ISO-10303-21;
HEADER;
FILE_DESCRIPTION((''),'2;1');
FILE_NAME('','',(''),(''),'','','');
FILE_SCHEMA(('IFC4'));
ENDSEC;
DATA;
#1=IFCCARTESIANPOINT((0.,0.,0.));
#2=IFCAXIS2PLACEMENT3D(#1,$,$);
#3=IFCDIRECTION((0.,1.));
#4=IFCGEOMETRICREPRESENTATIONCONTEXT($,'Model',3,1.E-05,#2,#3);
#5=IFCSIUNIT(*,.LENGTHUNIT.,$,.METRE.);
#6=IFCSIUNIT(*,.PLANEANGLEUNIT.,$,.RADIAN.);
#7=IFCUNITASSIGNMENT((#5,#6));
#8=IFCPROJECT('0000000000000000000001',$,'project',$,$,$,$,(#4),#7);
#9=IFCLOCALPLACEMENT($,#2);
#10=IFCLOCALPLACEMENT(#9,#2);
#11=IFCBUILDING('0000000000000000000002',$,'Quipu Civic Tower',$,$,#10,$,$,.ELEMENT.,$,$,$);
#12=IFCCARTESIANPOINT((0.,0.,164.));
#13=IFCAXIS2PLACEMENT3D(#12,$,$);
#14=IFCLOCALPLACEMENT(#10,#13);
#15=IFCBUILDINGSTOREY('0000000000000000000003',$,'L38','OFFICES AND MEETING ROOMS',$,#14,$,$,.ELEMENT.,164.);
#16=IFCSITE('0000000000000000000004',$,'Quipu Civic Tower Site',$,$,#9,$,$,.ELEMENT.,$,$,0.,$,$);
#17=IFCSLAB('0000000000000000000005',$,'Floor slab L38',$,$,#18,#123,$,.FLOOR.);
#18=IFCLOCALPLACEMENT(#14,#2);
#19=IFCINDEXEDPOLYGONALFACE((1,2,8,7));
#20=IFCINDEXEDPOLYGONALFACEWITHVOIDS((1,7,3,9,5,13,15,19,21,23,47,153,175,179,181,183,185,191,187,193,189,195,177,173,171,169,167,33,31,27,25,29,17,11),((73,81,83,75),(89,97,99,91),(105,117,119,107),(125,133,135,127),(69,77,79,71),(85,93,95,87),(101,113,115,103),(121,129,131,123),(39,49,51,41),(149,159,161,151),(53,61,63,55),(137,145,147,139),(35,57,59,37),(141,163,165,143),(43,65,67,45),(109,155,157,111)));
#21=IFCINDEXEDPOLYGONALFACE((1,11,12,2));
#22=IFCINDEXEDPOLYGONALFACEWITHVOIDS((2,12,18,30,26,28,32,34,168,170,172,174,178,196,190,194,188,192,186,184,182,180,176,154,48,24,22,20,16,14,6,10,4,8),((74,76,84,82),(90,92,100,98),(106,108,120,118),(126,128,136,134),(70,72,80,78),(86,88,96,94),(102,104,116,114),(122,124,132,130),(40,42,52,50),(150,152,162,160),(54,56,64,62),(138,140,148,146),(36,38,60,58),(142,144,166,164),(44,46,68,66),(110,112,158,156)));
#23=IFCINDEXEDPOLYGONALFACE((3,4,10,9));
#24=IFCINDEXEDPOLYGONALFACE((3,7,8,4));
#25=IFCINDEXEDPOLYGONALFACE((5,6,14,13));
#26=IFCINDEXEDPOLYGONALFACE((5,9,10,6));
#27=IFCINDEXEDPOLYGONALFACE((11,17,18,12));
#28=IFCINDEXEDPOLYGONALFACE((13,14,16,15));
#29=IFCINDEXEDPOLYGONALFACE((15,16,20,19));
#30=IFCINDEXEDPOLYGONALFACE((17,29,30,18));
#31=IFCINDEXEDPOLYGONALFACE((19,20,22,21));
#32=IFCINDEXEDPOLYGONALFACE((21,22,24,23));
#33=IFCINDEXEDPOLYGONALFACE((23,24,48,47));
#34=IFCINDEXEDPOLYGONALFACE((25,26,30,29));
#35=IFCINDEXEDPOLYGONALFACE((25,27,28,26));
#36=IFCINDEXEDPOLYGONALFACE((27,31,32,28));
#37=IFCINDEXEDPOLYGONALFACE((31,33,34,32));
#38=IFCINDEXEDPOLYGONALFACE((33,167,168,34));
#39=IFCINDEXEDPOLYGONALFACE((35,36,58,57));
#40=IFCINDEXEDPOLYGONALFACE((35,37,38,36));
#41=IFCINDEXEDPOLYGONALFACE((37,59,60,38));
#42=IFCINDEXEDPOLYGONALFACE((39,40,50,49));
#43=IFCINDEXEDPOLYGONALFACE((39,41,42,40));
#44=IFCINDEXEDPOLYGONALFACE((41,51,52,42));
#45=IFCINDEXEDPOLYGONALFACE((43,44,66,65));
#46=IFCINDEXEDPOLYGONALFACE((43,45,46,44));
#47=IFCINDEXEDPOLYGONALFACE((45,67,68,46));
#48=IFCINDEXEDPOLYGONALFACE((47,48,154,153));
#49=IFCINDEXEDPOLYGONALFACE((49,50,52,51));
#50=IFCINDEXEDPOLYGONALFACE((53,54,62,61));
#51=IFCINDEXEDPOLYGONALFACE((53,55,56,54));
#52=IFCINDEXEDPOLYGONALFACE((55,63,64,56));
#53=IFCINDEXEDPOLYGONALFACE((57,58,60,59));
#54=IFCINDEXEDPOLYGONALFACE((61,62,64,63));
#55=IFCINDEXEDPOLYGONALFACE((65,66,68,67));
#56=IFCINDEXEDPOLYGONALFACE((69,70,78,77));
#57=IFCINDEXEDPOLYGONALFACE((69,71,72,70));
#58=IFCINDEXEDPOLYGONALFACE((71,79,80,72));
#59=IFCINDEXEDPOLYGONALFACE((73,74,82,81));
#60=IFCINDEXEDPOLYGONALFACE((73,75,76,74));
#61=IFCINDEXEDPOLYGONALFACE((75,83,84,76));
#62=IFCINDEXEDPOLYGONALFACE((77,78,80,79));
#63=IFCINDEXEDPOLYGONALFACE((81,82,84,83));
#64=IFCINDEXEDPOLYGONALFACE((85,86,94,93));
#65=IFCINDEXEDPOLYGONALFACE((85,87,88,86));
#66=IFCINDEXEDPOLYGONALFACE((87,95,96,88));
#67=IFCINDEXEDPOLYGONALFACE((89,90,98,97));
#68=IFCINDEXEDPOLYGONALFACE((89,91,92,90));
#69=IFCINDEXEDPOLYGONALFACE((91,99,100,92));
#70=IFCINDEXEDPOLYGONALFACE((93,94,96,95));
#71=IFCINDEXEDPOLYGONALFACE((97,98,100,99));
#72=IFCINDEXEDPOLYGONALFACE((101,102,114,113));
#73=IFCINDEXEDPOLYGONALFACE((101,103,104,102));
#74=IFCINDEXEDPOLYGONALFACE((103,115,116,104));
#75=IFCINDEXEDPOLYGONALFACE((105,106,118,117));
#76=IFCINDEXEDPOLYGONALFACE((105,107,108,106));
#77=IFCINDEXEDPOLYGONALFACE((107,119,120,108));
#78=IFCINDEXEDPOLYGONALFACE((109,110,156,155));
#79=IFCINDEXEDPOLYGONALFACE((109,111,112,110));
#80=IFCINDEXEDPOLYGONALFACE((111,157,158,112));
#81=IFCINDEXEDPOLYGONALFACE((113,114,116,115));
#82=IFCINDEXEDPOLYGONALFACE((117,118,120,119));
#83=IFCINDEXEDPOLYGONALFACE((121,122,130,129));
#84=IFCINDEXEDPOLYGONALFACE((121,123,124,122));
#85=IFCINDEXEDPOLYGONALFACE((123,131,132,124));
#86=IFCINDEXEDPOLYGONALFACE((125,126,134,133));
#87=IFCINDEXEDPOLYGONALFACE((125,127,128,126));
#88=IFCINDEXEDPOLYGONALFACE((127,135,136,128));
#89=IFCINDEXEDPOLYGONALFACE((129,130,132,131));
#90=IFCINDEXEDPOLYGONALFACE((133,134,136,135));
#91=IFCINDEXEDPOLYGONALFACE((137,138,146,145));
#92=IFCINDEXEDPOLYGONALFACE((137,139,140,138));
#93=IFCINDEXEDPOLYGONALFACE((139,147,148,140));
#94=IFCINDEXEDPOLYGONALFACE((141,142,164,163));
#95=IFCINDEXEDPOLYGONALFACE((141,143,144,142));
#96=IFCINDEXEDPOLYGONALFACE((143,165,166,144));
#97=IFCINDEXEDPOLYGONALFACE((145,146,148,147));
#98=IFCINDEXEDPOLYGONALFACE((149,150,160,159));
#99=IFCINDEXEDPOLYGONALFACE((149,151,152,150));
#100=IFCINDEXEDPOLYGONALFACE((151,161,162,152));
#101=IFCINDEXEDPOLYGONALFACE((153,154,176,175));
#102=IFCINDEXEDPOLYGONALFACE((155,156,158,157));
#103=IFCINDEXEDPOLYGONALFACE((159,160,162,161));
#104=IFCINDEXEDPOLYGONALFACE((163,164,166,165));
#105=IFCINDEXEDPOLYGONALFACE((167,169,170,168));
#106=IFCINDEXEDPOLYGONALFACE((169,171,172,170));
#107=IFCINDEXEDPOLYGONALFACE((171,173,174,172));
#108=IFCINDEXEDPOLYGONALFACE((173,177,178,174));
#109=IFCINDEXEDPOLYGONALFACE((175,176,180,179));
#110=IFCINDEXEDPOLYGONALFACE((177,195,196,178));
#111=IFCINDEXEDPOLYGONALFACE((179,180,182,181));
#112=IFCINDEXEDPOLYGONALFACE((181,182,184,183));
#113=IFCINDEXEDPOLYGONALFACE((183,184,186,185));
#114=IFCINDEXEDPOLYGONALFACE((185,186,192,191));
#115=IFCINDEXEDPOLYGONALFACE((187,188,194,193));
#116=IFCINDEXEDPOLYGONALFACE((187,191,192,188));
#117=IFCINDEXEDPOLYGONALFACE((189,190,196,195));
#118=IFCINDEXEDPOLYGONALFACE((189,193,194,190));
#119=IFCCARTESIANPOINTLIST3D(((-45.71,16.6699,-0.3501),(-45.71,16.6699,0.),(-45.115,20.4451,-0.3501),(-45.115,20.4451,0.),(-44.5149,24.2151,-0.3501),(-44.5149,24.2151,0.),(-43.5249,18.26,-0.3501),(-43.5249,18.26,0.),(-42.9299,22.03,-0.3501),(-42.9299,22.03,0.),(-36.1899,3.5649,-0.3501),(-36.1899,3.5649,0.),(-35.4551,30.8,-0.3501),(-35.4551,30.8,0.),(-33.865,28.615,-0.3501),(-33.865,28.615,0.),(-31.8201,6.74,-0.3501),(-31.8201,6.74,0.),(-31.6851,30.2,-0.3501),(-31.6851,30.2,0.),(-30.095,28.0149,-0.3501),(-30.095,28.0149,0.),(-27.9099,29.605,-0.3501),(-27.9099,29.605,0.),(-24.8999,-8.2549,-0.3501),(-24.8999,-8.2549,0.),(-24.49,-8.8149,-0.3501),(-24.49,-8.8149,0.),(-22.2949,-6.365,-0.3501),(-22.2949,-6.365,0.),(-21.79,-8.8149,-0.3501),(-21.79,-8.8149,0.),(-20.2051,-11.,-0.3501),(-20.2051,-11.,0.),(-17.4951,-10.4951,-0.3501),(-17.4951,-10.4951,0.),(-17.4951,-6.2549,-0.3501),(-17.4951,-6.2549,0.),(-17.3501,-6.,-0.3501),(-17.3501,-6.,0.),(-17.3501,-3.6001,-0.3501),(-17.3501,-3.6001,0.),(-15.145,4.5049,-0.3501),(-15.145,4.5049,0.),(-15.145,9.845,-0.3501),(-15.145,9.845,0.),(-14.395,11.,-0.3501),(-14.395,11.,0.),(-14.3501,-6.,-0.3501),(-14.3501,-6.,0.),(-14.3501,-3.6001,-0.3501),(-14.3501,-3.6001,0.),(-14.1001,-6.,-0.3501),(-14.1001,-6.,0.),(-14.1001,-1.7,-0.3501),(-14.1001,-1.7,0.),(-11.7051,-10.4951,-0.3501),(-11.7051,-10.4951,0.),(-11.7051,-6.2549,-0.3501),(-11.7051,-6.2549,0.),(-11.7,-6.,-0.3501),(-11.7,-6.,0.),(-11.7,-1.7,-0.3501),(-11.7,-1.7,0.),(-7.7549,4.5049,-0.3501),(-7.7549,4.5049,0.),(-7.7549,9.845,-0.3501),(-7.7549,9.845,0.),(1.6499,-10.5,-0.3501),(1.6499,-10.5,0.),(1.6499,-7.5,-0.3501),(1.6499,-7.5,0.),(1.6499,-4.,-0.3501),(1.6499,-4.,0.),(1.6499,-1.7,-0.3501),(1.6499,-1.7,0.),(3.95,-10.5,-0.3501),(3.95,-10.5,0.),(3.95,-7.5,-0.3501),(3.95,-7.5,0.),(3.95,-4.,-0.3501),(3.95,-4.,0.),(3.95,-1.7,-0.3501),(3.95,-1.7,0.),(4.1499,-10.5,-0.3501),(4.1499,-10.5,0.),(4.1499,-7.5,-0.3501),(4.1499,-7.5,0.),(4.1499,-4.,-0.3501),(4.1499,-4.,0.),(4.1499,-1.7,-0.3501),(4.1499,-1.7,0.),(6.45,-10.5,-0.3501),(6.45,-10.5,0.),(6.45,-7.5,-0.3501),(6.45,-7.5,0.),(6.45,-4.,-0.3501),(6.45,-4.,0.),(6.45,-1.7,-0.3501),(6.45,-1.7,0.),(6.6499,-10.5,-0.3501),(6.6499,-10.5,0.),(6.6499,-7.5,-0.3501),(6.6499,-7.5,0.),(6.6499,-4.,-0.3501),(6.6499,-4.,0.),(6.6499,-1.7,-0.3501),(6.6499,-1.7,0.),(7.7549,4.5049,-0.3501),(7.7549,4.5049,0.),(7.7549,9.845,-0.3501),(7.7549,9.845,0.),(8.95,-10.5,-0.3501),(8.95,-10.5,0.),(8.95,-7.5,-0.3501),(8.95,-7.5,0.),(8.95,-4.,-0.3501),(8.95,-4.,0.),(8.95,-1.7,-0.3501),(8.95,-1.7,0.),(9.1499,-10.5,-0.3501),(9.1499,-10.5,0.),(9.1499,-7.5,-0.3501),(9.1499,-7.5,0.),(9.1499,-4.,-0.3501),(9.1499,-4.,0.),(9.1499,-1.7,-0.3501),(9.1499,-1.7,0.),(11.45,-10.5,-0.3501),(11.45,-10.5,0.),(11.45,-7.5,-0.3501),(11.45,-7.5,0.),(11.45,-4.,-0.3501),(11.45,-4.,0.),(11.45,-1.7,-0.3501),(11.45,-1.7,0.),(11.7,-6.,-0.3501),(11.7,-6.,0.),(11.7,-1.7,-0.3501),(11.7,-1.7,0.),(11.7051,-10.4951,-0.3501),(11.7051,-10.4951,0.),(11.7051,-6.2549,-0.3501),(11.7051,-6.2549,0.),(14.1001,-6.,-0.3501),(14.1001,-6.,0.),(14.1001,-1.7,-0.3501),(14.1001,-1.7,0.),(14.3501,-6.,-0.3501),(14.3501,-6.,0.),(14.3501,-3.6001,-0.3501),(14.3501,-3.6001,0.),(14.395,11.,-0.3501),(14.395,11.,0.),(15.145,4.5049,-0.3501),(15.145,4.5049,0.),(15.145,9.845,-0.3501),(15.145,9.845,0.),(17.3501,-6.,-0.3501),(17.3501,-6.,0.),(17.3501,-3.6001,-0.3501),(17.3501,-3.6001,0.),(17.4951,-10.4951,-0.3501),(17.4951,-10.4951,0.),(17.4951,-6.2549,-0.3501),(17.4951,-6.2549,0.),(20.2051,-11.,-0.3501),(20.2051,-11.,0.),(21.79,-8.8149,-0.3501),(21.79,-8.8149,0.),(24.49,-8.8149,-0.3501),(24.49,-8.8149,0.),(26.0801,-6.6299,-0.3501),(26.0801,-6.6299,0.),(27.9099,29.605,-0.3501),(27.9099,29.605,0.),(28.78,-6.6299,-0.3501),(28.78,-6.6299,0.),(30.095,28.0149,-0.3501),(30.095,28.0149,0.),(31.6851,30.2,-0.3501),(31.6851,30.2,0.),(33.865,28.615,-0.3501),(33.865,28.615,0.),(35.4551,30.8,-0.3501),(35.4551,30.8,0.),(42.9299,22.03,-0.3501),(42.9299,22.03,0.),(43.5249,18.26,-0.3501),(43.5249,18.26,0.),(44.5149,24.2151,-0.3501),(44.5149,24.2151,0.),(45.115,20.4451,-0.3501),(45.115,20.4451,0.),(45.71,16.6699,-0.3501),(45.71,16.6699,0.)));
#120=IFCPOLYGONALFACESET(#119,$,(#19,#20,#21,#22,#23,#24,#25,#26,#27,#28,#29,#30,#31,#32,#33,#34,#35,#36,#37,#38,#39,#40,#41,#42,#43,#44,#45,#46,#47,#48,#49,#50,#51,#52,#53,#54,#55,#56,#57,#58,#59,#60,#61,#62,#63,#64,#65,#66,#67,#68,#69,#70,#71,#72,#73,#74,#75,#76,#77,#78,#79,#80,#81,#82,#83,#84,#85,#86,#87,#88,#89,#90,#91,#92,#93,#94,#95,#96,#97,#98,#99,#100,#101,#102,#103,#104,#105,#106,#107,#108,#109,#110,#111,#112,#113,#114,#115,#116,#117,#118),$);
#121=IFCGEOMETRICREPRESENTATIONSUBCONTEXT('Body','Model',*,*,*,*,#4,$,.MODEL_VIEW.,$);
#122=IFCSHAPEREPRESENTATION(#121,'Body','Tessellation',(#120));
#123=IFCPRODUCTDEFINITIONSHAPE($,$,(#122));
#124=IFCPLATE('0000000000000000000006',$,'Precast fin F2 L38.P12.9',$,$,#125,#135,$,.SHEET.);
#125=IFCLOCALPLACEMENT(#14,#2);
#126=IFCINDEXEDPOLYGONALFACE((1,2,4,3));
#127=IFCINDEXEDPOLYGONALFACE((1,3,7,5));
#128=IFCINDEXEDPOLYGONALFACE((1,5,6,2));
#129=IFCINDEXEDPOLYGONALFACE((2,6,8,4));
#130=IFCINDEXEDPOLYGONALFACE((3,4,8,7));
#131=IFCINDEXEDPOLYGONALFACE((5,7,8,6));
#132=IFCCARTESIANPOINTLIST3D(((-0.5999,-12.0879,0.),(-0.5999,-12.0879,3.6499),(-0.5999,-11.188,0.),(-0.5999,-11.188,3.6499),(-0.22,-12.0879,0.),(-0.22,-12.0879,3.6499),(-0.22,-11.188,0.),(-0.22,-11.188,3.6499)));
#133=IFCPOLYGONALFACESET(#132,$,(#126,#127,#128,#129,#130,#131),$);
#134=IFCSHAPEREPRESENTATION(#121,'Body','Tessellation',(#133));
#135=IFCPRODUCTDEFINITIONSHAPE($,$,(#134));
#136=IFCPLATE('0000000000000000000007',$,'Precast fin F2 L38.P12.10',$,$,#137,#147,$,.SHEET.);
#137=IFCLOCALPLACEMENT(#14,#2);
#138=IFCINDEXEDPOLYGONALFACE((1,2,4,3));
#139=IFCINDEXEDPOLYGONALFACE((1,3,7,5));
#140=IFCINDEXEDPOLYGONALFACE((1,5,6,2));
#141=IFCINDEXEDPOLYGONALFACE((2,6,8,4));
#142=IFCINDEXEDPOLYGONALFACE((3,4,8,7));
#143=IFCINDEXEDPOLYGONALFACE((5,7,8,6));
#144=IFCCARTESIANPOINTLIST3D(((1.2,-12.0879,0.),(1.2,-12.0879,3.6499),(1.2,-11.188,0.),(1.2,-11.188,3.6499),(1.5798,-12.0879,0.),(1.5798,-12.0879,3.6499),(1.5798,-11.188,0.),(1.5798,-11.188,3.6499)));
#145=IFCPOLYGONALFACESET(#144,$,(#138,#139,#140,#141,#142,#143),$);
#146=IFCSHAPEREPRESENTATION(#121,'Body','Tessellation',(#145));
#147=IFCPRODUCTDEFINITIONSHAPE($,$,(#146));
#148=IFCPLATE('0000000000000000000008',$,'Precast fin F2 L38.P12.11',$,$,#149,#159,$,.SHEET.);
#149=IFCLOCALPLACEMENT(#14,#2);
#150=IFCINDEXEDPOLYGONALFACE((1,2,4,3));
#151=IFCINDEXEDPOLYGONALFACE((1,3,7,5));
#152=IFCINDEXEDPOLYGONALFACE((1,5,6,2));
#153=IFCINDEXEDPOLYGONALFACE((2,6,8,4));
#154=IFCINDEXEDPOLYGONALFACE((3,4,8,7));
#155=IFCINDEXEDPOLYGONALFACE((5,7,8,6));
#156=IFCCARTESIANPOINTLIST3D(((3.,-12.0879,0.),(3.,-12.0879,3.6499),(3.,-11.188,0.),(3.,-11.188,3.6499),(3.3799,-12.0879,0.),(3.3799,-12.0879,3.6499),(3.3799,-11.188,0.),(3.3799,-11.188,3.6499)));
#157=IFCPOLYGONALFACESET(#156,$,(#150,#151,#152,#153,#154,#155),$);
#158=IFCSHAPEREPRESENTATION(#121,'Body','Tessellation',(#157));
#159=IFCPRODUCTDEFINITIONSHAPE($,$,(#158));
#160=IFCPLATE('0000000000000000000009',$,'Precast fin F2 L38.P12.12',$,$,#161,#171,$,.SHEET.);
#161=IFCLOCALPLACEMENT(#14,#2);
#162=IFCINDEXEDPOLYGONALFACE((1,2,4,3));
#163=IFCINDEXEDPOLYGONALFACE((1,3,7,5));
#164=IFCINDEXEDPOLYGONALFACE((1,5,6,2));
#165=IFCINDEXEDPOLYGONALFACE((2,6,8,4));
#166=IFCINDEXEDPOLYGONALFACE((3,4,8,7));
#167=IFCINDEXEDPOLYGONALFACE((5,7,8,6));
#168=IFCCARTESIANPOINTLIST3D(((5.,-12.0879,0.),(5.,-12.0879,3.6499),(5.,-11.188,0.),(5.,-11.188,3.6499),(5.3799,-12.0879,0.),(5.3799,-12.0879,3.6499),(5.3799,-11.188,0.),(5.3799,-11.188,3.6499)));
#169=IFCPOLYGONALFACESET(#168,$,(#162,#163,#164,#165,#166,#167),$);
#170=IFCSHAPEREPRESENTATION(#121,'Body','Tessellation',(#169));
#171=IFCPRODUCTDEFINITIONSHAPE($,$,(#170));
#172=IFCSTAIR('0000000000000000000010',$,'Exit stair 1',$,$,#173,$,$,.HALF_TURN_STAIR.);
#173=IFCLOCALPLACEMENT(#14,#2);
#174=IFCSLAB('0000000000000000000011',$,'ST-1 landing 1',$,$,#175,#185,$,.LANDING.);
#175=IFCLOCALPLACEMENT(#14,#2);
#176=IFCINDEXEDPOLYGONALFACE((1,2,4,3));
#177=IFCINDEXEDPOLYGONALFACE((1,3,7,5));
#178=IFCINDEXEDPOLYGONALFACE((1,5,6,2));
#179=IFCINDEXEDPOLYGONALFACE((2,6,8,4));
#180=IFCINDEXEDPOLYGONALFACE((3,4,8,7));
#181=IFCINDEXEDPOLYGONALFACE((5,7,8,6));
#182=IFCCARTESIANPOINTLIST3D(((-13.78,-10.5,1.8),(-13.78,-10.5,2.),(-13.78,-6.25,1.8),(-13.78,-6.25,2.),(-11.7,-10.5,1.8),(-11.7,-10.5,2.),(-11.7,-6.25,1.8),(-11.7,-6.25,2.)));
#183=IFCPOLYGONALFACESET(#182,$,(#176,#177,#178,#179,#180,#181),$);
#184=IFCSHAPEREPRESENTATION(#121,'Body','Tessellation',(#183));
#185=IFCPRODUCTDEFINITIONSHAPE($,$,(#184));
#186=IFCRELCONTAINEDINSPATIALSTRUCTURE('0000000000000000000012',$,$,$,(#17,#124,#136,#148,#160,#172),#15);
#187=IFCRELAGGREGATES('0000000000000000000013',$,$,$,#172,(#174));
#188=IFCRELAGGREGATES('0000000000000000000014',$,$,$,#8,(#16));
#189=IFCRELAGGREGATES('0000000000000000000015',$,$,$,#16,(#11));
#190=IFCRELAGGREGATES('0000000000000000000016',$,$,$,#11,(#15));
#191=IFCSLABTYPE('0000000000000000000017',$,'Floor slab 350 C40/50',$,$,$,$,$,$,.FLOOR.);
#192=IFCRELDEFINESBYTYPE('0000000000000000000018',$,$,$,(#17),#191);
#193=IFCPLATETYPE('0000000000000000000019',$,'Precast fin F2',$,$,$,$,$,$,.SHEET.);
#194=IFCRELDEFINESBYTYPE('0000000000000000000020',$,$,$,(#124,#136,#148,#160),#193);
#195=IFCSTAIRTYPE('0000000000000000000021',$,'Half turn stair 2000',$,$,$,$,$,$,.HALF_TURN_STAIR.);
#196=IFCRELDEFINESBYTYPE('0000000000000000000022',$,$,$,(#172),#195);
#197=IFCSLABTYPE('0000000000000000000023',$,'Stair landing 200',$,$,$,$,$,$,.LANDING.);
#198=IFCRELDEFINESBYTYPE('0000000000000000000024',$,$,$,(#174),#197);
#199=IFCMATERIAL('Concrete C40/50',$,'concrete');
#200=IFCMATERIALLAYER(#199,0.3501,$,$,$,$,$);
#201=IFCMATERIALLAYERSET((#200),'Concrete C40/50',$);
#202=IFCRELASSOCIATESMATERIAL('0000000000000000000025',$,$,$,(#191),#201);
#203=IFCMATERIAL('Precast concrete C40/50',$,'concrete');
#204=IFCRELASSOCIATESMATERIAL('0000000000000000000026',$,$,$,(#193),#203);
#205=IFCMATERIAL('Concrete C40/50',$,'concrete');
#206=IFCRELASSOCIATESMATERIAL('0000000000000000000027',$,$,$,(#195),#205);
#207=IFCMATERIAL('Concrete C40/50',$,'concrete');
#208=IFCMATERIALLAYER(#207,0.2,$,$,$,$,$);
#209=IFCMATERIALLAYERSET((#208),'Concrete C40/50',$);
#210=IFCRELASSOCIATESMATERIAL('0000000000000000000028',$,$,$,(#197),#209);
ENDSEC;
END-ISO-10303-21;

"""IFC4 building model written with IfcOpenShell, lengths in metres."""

from ifc_helpers import new_model, si_unit, direction, frame, origin, origin_2d, place, context, subcontext, project, spatial, polyline, rectangle, outline, extrude, material, layer, layer_set, type_object, element, aggregate, save


model = new_model("IFC4")

# Units and contexts
model_context = context("Model", 3, precision=1e-05, world=origin(), true_north=direction((0.0, 1.0)))
body_context = subcontext(model_context, "Body", "Model", "MODEL_VIEW")
ifc_project = project(units=[si_unit("LENGTHUNIT", "METRE"), si_unit("PLANEANGLEUNIT", "RADIAN")], contexts=[model_context])

# Site, building, storey
site_placement = place(None, origin())
site = spatial("IfcSite", under=ifc_project, at=site_placement, Name="Quipu Civic Tower Site", CompositionType="ELEMENT", RefElevation=0.0)
building_placement = place(site_placement, origin())
building = spatial("IfcBuilding", under=site, at=building_placement, Name="Quipu Civic Tower", CompositionType="ELEMENT")
storey_placement = place(building_placement, frame((0.0, 0.0, 164.0)))
storey = spatial("IfcBuildingStorey", under=building, at=storey_placement, Name="L38", Description="OFFICES AND MEETING ROOMS", CompositionType="ELEMENT", Elevation=164.0)

# Slab
ifc_material_1 = material(Name="Concrete C40/50", Category="concrete")
ifc_layer_1 = layer(ifc_material_1, 0.3501)
ifc_layer_set_1 = layer_set([ifc_layer_1], Name="Concrete C40/50")
slab_type_1 = type_object("IfcSlabType", Name="Floor slab 350 C40/50", PredefinedType="FLOOR", material=ifc_layer_set_1)
slab_1_placement = place(storey_placement, frame((0.0, 0.0, -0.3501)))
element("IfcSlab", 1, at=slab_1_placement, inside=storey, type_object=slab_type_1, Name="Floor slab L38", PredefinedType="FLOOR", context=body_context, shape_type="SweptSolid", body=[
    extrude(outline(polyline([(-45.115, 20.4451), (-42.9299, 22.03), (-44.5149, 24.2151), (-35.4551, 30.8), (-33.865, 28.615), (-31.6851, 30.2), (-30.095, 28.0149), (-27.9099, 29.605), (-14.395, 11.0), (14.395, 11.0), (27.9099, 29.605), (30.095, 28.0149), (31.6851, 30.2), (33.865, 28.615), (35.4551, 30.8), (44.5149, 24.2151), (42.9299, 22.03), (45.115, 20.4451), (43.5249, 18.26), (45.71, 16.6699), (28.78, -6.6299), (26.0801, -6.6299), (24.49, -8.8149), (21.79, -8.8149), (20.2051, -11.0), (-20.2051, -11.0), (-21.79, -8.8149), (-24.49, -8.8149), (-24.8999, -8.2549), (-22.2949, -6.365), (-31.8201, 6.74), (-36.1899, 3.5649), (-45.71, 16.6699), (-43.5249, 18.26), (-45.115, 20.4451)]), holes=[polyline([(1.6499, -7.5), (1.6499, -10.5), (3.95, -10.5), (3.95, -7.5), (1.6499, -7.5)]), polyline([(4.1499, -7.5), (4.1499, -10.5), (6.45, -10.5), (6.45, -7.5), (4.1499, -7.5)]), polyline([(-11.7051, -6.2549), (-17.4951, -6.2549), (-17.4951, -10.4951), (-11.7051, -10.4951), (-11.7051, -6.2549)]), polyline([(-17.3501, -3.6001), (-17.3501, -6.0), (-14.3501, -6.0), (-14.3501, -3.6001), (-17.3501, -3.6001)]), polyline([(-14.1001, -1.7), (-14.1001, -6.0), (-11.7, -6.0), (-11.7, -1.7), (-14.1001, -1.7)]), polyline([(1.6499, -1.7), (1.6499, -4.0), (3.95, -4.0), (3.95, -1.7), (1.6499, -1.7)]), polyline([(4.1499, -1.7), (4.1499, -4.0), (6.45, -4.0), (6.45, -1.7), (4.1499, -1.7)]), polyline([(-7.7549, 9.845), (-15.145, 9.845), (-15.145, 4.5049), (-7.7549, 4.5049), (-7.7549, 9.845)]), polyline([(6.6499, -7.5), (6.6499, -10.5), (8.95, -10.5), (8.95, -7.5), (6.6499, -7.5)]), polyline([(9.1499, -7.5), (9.1499, -10.5), (11.45, -10.5), (11.45, -7.5), (9.1499, -7.5)]), polyline([(11.7051, -10.4951), (17.4951, -10.4951), (17.4951, -6.2549), (11.7051, -6.2549), (11.7051, -10.4951)]), polyline([(14.3501, -3.6001), (14.3501, -6.0), (17.3501, -6.0), (17.3501, -3.6001), (14.3501, -3.6001)]), polyline([(11.7, -1.7), (11.7, -6.0), (14.1001, -6.0), (14.1001, -1.7), (11.7, -1.7)]), polyline([(6.6499, -1.7), (6.6499, -4.0), (8.95, -4.0), (8.95, -1.7), (6.6499, -1.7)]), polyline([(9.1499, -1.7), (9.1499, -4.0), (11.45, -4.0), (11.45, -1.7), (9.1499, -1.7)]), polyline([(7.7549, 4.5049), (15.145, 4.5049), (15.145, 9.845), (7.7549, 9.845), (7.7549, 4.5049)])]), origin(), (0.0, 0.0, 1.0), 0.3501),
])

# Plates
ifc_material_2 = material(Name="Precast concrete C40/50", Category="concrete")
plate_type = type_object("IfcPlateType", Name="Precast fin F2", PredefinedType="SHEET", material=ifc_material_2)
for number, where, z_axis, x_axis, name in (
    (2, (-0.4099, -11.6379, 0.0), (0.0, 0.0, 1.0), (1.0, 0.0, 0.0), "Precast fin F2 L38.P12.9"),
    (3, (1.3899, -11.6379, 0.0), (0.0, 0.0, 1.0), (1.0, 0.0, 0.0), "Precast fin F2 L38.P12.10"),
    (4, (3.1899, -11.6379, 0.0), (0.0, 0.0, 1.0), (1.0, 0.0, 0.0), "Precast fin F2 L38.P12.11"),
    (5, (5.1899, -11.6379, 0.0), (0.0, 0.0, 1.0), (1.0, 0.0, 0.0), "Precast fin F2 L38.P12.12"),
):
    element("IfcPlate", number, at=place(storey_placement, frame(where, z_axis=z_axis, x_axis=x_axis)), inside=storey, type_object=plate_type, Name=name, PredefinedType="SHEET", context=body_context, shape_type="SweptSolid", body=[
        extrude(rectangle(XDim=0.3799, YDim=0.8999, at=origin_2d()), origin(), (0.0, 0.0, 1.0), 3.6499),
    ])

# Stair, slab
ifc_material_3 = material(Name="Concrete C40/50", Category="concrete")
stair_type_1 = type_object("IfcStairType", Name="Half turn stair 2000", PredefinedType="HALF_TURN_STAIR", material=ifc_material_3)
stair_1_placement = place(storey_placement, origin())
stair_1 = element("IfcStair", 6, at=stair_1_placement, inside=storey, type_object=stair_type_1, Name="Exit stair 1", PredefinedType="HALF_TURN_STAIR")
ifc_material_4 = material(Name="Concrete C40/50", Category="concrete")
ifc_layer_2 = layer(ifc_material_4, 0.2)
ifc_layer_set_2 = layer_set([ifc_layer_2], Name="Concrete C40/50")
slab_type_2 = type_object("IfcSlabType", Name="Stair landing 200", PredefinedType="LANDING", material=ifc_layer_set_2)
slab_2_placement = place(storey_placement, frame((0.0, 0.0, 1.8)))
slab_2 = element("IfcSlab", 7, at=slab_2_placement, type_object=slab_type_2, Name="ST-1 landing 1", PredefinedType="LANDING", context=body_context, shape_type="SweptSolid", body=[
    extrude(outline(polyline([(-13.78, -10.5), (-11.7, -10.5), (-11.7, -6.25), (-13.78, -6.25), (-13.78, -10.5)])), origin(), (0.0, 0.0, 1.0), 0.2),
])
aggregate(stair_1, [slab_2])

save(model, "model.ifc")
